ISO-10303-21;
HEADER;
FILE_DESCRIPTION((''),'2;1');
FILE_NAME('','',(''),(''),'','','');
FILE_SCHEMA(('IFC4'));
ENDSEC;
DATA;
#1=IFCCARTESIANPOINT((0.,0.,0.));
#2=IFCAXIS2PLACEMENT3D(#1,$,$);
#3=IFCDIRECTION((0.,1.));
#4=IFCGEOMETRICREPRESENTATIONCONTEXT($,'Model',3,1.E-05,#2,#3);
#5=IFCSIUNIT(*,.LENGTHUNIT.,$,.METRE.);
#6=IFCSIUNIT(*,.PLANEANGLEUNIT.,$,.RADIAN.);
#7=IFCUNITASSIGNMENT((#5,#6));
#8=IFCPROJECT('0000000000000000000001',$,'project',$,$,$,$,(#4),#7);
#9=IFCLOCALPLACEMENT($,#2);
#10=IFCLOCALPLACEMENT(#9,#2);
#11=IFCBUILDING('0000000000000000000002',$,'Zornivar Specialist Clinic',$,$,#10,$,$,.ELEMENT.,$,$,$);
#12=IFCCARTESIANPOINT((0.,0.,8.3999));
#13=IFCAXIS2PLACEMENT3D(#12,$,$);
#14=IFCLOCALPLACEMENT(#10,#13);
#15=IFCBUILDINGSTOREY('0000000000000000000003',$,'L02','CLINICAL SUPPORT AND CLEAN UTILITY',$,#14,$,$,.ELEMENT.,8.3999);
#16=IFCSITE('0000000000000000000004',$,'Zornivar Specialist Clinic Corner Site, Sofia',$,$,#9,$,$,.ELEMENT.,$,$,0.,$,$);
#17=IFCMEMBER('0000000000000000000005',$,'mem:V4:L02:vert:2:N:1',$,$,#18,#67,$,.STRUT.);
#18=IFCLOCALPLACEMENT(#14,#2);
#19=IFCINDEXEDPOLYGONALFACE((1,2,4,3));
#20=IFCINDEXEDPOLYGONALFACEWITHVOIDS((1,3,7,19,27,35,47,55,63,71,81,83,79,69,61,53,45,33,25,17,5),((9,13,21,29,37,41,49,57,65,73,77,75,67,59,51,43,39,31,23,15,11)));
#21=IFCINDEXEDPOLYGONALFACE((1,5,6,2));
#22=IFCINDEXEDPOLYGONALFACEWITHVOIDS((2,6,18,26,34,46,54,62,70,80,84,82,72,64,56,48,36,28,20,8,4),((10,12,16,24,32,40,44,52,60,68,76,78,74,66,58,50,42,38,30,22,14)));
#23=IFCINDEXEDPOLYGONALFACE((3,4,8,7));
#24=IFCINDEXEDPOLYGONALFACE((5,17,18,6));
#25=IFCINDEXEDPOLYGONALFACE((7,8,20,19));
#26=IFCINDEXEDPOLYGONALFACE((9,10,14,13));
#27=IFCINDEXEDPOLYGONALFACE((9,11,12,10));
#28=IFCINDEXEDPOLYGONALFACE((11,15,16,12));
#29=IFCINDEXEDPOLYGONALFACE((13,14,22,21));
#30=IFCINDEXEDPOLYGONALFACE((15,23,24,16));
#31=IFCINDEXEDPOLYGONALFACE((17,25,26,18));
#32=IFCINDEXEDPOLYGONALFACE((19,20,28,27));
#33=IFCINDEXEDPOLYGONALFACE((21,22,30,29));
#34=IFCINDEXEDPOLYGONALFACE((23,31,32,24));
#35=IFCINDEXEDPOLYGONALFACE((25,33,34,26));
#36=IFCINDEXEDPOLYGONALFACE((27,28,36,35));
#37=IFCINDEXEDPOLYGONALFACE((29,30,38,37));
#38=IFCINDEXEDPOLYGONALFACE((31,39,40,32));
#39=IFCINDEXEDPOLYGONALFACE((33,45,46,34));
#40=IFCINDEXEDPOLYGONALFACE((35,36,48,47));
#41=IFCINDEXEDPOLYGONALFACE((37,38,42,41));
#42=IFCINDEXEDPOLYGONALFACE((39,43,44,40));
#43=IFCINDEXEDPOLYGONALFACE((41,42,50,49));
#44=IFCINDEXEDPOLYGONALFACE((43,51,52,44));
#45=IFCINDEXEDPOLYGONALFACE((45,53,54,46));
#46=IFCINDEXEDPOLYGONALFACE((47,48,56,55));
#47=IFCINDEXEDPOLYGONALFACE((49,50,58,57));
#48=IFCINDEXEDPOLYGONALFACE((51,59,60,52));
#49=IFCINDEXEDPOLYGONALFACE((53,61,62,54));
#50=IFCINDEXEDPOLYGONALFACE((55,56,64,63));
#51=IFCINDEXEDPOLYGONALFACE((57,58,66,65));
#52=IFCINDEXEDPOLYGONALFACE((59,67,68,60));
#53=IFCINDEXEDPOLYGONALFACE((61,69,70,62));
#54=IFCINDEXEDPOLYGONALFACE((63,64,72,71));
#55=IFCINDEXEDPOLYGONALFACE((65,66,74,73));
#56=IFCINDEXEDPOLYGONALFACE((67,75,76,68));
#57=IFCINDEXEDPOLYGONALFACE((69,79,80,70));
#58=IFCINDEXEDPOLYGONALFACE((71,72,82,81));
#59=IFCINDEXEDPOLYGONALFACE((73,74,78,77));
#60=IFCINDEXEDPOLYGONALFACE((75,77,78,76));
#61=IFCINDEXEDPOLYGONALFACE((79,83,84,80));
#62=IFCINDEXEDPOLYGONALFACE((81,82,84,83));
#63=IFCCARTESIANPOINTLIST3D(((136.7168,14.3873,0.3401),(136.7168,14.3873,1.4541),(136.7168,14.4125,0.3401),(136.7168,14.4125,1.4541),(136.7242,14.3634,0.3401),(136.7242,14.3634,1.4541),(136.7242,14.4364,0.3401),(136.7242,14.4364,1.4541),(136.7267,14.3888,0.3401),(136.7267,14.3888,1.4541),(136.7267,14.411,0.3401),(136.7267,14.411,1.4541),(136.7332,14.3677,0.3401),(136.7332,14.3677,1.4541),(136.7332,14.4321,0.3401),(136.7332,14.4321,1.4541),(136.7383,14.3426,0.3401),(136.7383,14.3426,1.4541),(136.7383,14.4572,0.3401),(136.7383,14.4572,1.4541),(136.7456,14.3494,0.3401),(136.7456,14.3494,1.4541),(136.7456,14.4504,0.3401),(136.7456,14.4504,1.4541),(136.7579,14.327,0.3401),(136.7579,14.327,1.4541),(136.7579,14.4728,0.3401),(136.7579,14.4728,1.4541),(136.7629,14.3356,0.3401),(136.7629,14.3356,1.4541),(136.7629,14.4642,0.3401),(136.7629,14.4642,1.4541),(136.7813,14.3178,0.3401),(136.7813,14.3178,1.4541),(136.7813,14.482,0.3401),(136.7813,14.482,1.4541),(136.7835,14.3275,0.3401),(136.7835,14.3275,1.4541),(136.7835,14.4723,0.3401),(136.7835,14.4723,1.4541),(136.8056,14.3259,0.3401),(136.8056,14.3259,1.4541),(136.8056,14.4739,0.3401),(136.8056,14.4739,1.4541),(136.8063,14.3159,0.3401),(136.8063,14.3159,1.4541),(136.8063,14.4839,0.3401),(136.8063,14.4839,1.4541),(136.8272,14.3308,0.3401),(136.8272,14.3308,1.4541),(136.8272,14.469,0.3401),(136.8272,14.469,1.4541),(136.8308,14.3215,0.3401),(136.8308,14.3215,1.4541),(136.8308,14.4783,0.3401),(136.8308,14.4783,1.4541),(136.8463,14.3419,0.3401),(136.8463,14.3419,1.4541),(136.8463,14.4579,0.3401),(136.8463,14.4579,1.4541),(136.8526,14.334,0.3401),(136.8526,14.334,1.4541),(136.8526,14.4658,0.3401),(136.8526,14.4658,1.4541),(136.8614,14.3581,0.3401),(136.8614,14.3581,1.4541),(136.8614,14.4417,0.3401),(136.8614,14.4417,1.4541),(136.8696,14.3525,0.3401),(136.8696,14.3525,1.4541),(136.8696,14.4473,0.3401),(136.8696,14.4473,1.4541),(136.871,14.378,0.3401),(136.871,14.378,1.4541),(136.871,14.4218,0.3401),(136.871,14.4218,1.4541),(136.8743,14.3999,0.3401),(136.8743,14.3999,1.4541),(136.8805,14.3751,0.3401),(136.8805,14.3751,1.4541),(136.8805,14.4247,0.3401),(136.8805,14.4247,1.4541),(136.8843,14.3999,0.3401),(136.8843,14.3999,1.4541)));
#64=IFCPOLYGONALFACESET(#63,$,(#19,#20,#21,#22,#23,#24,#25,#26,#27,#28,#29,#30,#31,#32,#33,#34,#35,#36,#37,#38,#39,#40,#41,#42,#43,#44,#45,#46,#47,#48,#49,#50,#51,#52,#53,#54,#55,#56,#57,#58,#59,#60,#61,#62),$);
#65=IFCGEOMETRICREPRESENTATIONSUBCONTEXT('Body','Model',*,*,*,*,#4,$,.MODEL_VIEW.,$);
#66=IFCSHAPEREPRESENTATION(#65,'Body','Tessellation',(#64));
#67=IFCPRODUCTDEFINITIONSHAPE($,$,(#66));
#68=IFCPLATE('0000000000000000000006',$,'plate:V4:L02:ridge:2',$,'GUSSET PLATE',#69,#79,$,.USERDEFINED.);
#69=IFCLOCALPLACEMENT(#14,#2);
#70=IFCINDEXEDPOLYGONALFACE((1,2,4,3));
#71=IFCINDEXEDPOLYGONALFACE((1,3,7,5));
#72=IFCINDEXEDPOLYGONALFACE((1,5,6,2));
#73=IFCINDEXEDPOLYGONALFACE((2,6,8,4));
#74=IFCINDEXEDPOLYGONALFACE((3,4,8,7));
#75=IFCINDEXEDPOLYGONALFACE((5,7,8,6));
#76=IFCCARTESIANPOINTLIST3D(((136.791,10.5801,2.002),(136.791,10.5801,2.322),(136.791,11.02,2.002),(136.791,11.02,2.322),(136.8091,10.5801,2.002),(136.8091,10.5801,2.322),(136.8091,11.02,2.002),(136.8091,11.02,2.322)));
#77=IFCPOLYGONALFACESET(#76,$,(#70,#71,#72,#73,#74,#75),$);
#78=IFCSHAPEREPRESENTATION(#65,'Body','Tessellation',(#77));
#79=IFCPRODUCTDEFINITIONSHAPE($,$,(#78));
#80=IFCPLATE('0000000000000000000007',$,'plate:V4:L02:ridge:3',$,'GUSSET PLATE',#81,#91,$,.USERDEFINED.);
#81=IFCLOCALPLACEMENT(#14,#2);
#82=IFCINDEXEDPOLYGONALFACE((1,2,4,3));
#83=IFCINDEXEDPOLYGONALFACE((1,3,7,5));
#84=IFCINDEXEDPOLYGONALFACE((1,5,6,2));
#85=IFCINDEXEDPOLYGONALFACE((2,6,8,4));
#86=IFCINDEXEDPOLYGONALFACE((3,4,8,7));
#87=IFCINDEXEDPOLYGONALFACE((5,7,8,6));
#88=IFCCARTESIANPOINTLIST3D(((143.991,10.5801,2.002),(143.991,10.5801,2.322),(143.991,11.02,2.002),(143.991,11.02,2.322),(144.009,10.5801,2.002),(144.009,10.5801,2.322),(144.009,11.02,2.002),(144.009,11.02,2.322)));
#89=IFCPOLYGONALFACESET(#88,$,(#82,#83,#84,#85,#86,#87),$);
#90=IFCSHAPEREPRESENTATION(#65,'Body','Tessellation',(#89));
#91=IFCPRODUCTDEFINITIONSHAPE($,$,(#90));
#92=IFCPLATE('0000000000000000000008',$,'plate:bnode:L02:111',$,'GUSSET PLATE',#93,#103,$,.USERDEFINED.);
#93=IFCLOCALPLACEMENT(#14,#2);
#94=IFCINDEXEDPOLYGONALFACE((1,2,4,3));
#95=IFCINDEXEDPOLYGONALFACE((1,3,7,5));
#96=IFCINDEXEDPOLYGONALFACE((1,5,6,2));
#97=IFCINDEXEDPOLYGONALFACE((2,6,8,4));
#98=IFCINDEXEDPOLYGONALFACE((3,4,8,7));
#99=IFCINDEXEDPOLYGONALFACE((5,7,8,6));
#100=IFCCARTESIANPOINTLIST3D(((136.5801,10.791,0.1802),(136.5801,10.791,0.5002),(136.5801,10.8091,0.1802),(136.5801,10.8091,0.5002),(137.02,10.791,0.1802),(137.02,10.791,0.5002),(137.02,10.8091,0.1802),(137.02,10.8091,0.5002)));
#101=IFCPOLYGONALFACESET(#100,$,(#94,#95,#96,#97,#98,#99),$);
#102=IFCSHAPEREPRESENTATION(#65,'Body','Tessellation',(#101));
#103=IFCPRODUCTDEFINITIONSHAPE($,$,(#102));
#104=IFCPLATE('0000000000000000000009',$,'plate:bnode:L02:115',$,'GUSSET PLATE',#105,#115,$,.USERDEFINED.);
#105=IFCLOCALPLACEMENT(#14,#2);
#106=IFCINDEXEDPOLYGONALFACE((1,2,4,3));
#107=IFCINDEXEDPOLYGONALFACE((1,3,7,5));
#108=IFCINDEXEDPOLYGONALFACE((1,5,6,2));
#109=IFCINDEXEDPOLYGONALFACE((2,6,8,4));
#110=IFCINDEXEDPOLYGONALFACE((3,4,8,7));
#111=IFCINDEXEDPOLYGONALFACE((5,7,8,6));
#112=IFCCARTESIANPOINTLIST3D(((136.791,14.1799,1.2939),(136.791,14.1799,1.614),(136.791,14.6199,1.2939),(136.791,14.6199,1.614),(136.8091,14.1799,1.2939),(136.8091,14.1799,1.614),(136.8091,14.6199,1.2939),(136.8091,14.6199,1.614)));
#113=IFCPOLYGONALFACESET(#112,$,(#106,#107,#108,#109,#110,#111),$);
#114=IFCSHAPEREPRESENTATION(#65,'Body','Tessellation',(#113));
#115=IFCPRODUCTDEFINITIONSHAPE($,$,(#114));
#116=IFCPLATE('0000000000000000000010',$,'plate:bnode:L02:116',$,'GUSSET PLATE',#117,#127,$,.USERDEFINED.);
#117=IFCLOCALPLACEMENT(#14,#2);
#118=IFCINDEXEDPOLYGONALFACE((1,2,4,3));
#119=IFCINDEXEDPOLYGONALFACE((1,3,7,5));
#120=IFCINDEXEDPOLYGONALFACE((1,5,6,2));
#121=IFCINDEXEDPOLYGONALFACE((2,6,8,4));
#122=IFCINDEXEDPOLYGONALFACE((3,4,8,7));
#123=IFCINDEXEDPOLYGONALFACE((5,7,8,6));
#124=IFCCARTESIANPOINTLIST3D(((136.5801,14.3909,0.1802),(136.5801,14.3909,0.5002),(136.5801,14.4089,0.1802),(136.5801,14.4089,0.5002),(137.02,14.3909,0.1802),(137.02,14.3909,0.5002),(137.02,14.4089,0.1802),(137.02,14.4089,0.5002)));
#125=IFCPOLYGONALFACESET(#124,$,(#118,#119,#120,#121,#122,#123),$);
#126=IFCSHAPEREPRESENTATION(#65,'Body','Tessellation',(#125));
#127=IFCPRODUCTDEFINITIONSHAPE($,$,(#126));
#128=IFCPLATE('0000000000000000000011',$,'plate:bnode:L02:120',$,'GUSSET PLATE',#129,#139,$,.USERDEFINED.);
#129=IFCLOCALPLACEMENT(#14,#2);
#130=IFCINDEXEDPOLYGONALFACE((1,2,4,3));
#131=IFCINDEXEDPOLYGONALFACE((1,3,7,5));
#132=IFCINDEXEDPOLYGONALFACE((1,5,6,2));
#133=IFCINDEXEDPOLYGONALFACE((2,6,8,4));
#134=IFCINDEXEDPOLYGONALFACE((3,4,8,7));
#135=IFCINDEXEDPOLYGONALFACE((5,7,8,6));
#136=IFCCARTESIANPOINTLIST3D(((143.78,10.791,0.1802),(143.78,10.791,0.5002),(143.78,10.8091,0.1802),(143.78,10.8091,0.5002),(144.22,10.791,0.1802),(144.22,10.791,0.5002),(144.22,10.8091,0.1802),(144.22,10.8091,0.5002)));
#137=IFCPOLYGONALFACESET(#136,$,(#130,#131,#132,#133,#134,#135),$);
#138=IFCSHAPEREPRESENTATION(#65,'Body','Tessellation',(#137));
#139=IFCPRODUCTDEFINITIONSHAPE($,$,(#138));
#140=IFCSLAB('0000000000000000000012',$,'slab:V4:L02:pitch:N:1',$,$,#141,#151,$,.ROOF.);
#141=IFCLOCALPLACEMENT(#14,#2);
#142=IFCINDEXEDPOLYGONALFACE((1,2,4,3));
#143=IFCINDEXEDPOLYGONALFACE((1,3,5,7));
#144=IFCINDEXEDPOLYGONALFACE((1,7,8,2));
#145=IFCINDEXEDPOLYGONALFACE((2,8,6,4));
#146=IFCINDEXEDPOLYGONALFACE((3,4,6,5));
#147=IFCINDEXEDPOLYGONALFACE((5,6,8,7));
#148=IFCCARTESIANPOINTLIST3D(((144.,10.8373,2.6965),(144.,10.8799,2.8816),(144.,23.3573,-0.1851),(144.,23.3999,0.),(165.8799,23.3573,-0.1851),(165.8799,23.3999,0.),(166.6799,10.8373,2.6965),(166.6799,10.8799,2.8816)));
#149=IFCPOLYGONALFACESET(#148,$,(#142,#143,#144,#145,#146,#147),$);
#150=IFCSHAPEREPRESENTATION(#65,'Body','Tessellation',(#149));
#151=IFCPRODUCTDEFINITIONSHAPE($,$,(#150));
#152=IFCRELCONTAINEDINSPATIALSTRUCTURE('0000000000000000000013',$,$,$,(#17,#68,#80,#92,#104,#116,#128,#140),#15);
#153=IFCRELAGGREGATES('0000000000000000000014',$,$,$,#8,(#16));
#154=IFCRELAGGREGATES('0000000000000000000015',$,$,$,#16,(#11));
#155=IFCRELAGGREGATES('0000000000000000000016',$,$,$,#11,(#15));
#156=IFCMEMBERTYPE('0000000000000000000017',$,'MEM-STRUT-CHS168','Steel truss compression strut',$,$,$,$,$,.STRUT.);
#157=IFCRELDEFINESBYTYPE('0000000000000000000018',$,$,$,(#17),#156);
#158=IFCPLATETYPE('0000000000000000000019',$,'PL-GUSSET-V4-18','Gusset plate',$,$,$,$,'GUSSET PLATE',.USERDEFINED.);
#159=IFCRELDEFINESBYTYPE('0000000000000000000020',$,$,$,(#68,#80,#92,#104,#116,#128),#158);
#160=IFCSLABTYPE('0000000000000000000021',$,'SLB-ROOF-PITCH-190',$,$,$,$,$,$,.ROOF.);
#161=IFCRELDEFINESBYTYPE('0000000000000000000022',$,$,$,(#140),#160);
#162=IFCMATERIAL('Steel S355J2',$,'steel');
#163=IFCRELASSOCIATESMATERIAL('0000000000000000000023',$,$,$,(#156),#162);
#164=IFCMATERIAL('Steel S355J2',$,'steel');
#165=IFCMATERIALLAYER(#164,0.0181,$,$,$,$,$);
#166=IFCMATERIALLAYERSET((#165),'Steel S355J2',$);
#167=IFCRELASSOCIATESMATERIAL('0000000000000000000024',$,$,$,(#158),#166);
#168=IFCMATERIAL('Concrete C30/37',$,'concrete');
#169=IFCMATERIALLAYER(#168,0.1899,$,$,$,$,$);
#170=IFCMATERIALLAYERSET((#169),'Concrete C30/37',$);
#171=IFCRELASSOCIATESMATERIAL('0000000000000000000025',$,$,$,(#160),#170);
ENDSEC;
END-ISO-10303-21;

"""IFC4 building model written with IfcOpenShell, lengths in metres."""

from ifc_helpers import new_model, si_unit, direction, frame, origin, origin_2d, place, context, subcontext, project, spatial, polyline, rectangle, hollow_circle, outline, extrude, material, layer, layer_set, material_profile, profile_set, type_object, element, save


model = new_model("IFC4")

# Units and contexts
model_context = context("Model", 3, precision=1e-05, world=origin(), true_north=direction((0.0, 1.0)))
body_context = subcontext(model_context, "Body", "Model", "MODEL_VIEW")
ifc_project = project(units=[si_unit("LENGTHUNIT", "METRE"), si_unit("PLANEANGLEUNIT", "RADIAN")], contexts=[model_context])

# Site, building, storey
site_placement = place(None, origin())
site = spatial("IfcSite", under=ifc_project, at=site_placement, Name="Zornivar Specialist Clinic Corner Site, Sofia", CompositionType="ELEMENT", RefElevation=0.0)
building_placement = place(site_placement, origin())
building = spatial("IfcBuilding", under=site, at=building_placement, Name="Zornivar Specialist Clinic", CompositionType="ELEMENT")
storey_placement = place(building_placement, frame((0.0, 0.0, 8.3999)))
storey = spatial("IfcBuildingStorey", under=building, at=storey_placement, Name="L02", Description="CLINICAL SUPPORT AND CLEAN UTILITY", CompositionType="ELEMENT", Elevation=8.3999)

# Member
ifc_material_1 = material(Name="Steel S355J2", Category="steel")
ifc_material_profile_1 = material_profile(ifc_material_1, hollow_circle(Radius=0.0842, WallThickness=0.01, at=origin_2d()), Name="CHS 168.3x10")
ifc_profile_set_1 = profile_set([ifc_material_profile_1], Name="Steel S355J2")
member_type_1 = type_object("IfcMemberType", Name="MEM-STRUT-CHS168", Description="Steel truss compression strut", PredefinedType="STRUT", material=ifc_profile_set_1)
member_1_placement = place(storey_placement, frame((136.8, 14.3999, 0.3401), z_axis=(0.0, 0.0, 1.0), x_axis=(1.0, 0.0, 0.0)))
element("IfcMember", 1, at=member_1_placement, inside=storey, type_object=member_type_1, Name="mem:V4:L02:vert:2:N:1", PredefinedType="STRUT", context=body_context, shape_type="SweptSolid", body=[
    extrude(hollow_circle(Radius=0.0842, WallThickness=0.01, at=origin_2d()), origin(), (0.0, 0.0, 1.0), 1.114),
])

# Plates
ifc_material_2 = material(Name="Steel S355J2", Category="steel")
ifc_layer_1 = layer(ifc_material_2, 0.0181)
ifc_layer_set_1 = layer_set([ifc_layer_1], Name="Steel S355J2")
plate_type = type_object("IfcPlateType", Name="PL-GUSSET-V4-18", Description="Gusset plate", ElementType="GUSSET PLATE", PredefinedType="USERDEFINED", material=ifc_layer_set_1)
for number, where, z_axis, x_axis, name in (
    (2, (136.8, 10.8, 2.002), (0.0, 0.0, 1.0), (1.0, 0.0, 0.0), "plate:V4:L02:ridge:2"),
    (3, (144.0, 10.8, 2.002), (0.0, 0.0, 1.0), (1.0, 0.0, 0.0), "plate:V4:L02:ridge:3"),
):
    element("IfcPlate", number, at=place(storey_placement, frame(where, z_axis=z_axis, x_axis=x_axis)), inside=storey, type_object=plate_type, Name=name, ObjectType="GUSSET PLATE", PredefinedType="USERDEFINED", context=body_context, shape_type="SweptSolid", body=[
        extrude(rectangle(XDim=0.0181, YDim=0.4399, at=origin_2d()), origin(), (0.0, 0.0, 1.0), 0.3201),
    ])
for number, where, z_axis, x_axis, name in (
    (4, (136.8, 10.8, 0.1802), (0.0, 0.0, 1.0), (1.0, 0.0, 0.0), "plate:bnode:L02:111"),
    (5, (136.8, 14.3999, 1.2939), (0.0, 0.0, 1.0), (0.0, 1.0, 0.0), "plate:bnode:L02:115"),
    (6, (136.8, 14.3999, 0.1802), (0.0, 0.0, 1.0), (1.0, 0.0, 0.0), "plate:bnode:L02:116"),
    (7, (144.0, 10.8, 0.1802), (0.0, 0.0, 1.0), (1.0, 0.0, 0.0), "plate:bnode:L02:120"),
):
    element("IfcPlate", number, at=place(storey_placement, frame(where, z_axis=z_axis, x_axis=x_axis)), inside=storey, type_object=plate_type, Name=name, ObjectType="GUSSET PLATE", PredefinedType="USERDEFINED", context=body_context, shape_type="SweptSolid", body=[
        extrude(rectangle(XDim=0.4399, YDim=0.0181, at=origin_2d()), origin(), (0.0, 0.0, 1.0), 0.3201),
    ])

# Slab
ifc_material_3 = material(Name="Concrete C30/37", Category="concrete")
ifc_layer_2 = layer(ifc_material_3, 0.1899)
ifc_layer_set_2 = layer_set([ifc_layer_2], Name="Concrete C30/37")
slab_type = type_object("IfcSlabType", Name="SLB-ROOF-PITCH-190", PredefinedType="ROOF", material=ifc_layer_set_2)
slab_placement = place(storey_placement, frame((144.0, 10.8799, 2.8816), z_axis=(0.0, 0.224295, 0.974521), x_axis=(1.0, 0.0, 0.0)))
element("IfcSlab", 8, at=slab_placement, inside=storey, type_object=slab_type, Name="slab:V4:L02:pitch:N:1", PredefinedType="ROOF", context=body_context, shape_type="SweptSolid", body=[
    extrude(outline(polyline([(0.0, 0.0), (22.6799, 0.0), (21.8799, 12.8474), (0.0, 12.8474), (0.0, 0.0)])), origin(), (0.0, 0.0, -1.0), 0.1899),
])

save(model, "model.ifc")
